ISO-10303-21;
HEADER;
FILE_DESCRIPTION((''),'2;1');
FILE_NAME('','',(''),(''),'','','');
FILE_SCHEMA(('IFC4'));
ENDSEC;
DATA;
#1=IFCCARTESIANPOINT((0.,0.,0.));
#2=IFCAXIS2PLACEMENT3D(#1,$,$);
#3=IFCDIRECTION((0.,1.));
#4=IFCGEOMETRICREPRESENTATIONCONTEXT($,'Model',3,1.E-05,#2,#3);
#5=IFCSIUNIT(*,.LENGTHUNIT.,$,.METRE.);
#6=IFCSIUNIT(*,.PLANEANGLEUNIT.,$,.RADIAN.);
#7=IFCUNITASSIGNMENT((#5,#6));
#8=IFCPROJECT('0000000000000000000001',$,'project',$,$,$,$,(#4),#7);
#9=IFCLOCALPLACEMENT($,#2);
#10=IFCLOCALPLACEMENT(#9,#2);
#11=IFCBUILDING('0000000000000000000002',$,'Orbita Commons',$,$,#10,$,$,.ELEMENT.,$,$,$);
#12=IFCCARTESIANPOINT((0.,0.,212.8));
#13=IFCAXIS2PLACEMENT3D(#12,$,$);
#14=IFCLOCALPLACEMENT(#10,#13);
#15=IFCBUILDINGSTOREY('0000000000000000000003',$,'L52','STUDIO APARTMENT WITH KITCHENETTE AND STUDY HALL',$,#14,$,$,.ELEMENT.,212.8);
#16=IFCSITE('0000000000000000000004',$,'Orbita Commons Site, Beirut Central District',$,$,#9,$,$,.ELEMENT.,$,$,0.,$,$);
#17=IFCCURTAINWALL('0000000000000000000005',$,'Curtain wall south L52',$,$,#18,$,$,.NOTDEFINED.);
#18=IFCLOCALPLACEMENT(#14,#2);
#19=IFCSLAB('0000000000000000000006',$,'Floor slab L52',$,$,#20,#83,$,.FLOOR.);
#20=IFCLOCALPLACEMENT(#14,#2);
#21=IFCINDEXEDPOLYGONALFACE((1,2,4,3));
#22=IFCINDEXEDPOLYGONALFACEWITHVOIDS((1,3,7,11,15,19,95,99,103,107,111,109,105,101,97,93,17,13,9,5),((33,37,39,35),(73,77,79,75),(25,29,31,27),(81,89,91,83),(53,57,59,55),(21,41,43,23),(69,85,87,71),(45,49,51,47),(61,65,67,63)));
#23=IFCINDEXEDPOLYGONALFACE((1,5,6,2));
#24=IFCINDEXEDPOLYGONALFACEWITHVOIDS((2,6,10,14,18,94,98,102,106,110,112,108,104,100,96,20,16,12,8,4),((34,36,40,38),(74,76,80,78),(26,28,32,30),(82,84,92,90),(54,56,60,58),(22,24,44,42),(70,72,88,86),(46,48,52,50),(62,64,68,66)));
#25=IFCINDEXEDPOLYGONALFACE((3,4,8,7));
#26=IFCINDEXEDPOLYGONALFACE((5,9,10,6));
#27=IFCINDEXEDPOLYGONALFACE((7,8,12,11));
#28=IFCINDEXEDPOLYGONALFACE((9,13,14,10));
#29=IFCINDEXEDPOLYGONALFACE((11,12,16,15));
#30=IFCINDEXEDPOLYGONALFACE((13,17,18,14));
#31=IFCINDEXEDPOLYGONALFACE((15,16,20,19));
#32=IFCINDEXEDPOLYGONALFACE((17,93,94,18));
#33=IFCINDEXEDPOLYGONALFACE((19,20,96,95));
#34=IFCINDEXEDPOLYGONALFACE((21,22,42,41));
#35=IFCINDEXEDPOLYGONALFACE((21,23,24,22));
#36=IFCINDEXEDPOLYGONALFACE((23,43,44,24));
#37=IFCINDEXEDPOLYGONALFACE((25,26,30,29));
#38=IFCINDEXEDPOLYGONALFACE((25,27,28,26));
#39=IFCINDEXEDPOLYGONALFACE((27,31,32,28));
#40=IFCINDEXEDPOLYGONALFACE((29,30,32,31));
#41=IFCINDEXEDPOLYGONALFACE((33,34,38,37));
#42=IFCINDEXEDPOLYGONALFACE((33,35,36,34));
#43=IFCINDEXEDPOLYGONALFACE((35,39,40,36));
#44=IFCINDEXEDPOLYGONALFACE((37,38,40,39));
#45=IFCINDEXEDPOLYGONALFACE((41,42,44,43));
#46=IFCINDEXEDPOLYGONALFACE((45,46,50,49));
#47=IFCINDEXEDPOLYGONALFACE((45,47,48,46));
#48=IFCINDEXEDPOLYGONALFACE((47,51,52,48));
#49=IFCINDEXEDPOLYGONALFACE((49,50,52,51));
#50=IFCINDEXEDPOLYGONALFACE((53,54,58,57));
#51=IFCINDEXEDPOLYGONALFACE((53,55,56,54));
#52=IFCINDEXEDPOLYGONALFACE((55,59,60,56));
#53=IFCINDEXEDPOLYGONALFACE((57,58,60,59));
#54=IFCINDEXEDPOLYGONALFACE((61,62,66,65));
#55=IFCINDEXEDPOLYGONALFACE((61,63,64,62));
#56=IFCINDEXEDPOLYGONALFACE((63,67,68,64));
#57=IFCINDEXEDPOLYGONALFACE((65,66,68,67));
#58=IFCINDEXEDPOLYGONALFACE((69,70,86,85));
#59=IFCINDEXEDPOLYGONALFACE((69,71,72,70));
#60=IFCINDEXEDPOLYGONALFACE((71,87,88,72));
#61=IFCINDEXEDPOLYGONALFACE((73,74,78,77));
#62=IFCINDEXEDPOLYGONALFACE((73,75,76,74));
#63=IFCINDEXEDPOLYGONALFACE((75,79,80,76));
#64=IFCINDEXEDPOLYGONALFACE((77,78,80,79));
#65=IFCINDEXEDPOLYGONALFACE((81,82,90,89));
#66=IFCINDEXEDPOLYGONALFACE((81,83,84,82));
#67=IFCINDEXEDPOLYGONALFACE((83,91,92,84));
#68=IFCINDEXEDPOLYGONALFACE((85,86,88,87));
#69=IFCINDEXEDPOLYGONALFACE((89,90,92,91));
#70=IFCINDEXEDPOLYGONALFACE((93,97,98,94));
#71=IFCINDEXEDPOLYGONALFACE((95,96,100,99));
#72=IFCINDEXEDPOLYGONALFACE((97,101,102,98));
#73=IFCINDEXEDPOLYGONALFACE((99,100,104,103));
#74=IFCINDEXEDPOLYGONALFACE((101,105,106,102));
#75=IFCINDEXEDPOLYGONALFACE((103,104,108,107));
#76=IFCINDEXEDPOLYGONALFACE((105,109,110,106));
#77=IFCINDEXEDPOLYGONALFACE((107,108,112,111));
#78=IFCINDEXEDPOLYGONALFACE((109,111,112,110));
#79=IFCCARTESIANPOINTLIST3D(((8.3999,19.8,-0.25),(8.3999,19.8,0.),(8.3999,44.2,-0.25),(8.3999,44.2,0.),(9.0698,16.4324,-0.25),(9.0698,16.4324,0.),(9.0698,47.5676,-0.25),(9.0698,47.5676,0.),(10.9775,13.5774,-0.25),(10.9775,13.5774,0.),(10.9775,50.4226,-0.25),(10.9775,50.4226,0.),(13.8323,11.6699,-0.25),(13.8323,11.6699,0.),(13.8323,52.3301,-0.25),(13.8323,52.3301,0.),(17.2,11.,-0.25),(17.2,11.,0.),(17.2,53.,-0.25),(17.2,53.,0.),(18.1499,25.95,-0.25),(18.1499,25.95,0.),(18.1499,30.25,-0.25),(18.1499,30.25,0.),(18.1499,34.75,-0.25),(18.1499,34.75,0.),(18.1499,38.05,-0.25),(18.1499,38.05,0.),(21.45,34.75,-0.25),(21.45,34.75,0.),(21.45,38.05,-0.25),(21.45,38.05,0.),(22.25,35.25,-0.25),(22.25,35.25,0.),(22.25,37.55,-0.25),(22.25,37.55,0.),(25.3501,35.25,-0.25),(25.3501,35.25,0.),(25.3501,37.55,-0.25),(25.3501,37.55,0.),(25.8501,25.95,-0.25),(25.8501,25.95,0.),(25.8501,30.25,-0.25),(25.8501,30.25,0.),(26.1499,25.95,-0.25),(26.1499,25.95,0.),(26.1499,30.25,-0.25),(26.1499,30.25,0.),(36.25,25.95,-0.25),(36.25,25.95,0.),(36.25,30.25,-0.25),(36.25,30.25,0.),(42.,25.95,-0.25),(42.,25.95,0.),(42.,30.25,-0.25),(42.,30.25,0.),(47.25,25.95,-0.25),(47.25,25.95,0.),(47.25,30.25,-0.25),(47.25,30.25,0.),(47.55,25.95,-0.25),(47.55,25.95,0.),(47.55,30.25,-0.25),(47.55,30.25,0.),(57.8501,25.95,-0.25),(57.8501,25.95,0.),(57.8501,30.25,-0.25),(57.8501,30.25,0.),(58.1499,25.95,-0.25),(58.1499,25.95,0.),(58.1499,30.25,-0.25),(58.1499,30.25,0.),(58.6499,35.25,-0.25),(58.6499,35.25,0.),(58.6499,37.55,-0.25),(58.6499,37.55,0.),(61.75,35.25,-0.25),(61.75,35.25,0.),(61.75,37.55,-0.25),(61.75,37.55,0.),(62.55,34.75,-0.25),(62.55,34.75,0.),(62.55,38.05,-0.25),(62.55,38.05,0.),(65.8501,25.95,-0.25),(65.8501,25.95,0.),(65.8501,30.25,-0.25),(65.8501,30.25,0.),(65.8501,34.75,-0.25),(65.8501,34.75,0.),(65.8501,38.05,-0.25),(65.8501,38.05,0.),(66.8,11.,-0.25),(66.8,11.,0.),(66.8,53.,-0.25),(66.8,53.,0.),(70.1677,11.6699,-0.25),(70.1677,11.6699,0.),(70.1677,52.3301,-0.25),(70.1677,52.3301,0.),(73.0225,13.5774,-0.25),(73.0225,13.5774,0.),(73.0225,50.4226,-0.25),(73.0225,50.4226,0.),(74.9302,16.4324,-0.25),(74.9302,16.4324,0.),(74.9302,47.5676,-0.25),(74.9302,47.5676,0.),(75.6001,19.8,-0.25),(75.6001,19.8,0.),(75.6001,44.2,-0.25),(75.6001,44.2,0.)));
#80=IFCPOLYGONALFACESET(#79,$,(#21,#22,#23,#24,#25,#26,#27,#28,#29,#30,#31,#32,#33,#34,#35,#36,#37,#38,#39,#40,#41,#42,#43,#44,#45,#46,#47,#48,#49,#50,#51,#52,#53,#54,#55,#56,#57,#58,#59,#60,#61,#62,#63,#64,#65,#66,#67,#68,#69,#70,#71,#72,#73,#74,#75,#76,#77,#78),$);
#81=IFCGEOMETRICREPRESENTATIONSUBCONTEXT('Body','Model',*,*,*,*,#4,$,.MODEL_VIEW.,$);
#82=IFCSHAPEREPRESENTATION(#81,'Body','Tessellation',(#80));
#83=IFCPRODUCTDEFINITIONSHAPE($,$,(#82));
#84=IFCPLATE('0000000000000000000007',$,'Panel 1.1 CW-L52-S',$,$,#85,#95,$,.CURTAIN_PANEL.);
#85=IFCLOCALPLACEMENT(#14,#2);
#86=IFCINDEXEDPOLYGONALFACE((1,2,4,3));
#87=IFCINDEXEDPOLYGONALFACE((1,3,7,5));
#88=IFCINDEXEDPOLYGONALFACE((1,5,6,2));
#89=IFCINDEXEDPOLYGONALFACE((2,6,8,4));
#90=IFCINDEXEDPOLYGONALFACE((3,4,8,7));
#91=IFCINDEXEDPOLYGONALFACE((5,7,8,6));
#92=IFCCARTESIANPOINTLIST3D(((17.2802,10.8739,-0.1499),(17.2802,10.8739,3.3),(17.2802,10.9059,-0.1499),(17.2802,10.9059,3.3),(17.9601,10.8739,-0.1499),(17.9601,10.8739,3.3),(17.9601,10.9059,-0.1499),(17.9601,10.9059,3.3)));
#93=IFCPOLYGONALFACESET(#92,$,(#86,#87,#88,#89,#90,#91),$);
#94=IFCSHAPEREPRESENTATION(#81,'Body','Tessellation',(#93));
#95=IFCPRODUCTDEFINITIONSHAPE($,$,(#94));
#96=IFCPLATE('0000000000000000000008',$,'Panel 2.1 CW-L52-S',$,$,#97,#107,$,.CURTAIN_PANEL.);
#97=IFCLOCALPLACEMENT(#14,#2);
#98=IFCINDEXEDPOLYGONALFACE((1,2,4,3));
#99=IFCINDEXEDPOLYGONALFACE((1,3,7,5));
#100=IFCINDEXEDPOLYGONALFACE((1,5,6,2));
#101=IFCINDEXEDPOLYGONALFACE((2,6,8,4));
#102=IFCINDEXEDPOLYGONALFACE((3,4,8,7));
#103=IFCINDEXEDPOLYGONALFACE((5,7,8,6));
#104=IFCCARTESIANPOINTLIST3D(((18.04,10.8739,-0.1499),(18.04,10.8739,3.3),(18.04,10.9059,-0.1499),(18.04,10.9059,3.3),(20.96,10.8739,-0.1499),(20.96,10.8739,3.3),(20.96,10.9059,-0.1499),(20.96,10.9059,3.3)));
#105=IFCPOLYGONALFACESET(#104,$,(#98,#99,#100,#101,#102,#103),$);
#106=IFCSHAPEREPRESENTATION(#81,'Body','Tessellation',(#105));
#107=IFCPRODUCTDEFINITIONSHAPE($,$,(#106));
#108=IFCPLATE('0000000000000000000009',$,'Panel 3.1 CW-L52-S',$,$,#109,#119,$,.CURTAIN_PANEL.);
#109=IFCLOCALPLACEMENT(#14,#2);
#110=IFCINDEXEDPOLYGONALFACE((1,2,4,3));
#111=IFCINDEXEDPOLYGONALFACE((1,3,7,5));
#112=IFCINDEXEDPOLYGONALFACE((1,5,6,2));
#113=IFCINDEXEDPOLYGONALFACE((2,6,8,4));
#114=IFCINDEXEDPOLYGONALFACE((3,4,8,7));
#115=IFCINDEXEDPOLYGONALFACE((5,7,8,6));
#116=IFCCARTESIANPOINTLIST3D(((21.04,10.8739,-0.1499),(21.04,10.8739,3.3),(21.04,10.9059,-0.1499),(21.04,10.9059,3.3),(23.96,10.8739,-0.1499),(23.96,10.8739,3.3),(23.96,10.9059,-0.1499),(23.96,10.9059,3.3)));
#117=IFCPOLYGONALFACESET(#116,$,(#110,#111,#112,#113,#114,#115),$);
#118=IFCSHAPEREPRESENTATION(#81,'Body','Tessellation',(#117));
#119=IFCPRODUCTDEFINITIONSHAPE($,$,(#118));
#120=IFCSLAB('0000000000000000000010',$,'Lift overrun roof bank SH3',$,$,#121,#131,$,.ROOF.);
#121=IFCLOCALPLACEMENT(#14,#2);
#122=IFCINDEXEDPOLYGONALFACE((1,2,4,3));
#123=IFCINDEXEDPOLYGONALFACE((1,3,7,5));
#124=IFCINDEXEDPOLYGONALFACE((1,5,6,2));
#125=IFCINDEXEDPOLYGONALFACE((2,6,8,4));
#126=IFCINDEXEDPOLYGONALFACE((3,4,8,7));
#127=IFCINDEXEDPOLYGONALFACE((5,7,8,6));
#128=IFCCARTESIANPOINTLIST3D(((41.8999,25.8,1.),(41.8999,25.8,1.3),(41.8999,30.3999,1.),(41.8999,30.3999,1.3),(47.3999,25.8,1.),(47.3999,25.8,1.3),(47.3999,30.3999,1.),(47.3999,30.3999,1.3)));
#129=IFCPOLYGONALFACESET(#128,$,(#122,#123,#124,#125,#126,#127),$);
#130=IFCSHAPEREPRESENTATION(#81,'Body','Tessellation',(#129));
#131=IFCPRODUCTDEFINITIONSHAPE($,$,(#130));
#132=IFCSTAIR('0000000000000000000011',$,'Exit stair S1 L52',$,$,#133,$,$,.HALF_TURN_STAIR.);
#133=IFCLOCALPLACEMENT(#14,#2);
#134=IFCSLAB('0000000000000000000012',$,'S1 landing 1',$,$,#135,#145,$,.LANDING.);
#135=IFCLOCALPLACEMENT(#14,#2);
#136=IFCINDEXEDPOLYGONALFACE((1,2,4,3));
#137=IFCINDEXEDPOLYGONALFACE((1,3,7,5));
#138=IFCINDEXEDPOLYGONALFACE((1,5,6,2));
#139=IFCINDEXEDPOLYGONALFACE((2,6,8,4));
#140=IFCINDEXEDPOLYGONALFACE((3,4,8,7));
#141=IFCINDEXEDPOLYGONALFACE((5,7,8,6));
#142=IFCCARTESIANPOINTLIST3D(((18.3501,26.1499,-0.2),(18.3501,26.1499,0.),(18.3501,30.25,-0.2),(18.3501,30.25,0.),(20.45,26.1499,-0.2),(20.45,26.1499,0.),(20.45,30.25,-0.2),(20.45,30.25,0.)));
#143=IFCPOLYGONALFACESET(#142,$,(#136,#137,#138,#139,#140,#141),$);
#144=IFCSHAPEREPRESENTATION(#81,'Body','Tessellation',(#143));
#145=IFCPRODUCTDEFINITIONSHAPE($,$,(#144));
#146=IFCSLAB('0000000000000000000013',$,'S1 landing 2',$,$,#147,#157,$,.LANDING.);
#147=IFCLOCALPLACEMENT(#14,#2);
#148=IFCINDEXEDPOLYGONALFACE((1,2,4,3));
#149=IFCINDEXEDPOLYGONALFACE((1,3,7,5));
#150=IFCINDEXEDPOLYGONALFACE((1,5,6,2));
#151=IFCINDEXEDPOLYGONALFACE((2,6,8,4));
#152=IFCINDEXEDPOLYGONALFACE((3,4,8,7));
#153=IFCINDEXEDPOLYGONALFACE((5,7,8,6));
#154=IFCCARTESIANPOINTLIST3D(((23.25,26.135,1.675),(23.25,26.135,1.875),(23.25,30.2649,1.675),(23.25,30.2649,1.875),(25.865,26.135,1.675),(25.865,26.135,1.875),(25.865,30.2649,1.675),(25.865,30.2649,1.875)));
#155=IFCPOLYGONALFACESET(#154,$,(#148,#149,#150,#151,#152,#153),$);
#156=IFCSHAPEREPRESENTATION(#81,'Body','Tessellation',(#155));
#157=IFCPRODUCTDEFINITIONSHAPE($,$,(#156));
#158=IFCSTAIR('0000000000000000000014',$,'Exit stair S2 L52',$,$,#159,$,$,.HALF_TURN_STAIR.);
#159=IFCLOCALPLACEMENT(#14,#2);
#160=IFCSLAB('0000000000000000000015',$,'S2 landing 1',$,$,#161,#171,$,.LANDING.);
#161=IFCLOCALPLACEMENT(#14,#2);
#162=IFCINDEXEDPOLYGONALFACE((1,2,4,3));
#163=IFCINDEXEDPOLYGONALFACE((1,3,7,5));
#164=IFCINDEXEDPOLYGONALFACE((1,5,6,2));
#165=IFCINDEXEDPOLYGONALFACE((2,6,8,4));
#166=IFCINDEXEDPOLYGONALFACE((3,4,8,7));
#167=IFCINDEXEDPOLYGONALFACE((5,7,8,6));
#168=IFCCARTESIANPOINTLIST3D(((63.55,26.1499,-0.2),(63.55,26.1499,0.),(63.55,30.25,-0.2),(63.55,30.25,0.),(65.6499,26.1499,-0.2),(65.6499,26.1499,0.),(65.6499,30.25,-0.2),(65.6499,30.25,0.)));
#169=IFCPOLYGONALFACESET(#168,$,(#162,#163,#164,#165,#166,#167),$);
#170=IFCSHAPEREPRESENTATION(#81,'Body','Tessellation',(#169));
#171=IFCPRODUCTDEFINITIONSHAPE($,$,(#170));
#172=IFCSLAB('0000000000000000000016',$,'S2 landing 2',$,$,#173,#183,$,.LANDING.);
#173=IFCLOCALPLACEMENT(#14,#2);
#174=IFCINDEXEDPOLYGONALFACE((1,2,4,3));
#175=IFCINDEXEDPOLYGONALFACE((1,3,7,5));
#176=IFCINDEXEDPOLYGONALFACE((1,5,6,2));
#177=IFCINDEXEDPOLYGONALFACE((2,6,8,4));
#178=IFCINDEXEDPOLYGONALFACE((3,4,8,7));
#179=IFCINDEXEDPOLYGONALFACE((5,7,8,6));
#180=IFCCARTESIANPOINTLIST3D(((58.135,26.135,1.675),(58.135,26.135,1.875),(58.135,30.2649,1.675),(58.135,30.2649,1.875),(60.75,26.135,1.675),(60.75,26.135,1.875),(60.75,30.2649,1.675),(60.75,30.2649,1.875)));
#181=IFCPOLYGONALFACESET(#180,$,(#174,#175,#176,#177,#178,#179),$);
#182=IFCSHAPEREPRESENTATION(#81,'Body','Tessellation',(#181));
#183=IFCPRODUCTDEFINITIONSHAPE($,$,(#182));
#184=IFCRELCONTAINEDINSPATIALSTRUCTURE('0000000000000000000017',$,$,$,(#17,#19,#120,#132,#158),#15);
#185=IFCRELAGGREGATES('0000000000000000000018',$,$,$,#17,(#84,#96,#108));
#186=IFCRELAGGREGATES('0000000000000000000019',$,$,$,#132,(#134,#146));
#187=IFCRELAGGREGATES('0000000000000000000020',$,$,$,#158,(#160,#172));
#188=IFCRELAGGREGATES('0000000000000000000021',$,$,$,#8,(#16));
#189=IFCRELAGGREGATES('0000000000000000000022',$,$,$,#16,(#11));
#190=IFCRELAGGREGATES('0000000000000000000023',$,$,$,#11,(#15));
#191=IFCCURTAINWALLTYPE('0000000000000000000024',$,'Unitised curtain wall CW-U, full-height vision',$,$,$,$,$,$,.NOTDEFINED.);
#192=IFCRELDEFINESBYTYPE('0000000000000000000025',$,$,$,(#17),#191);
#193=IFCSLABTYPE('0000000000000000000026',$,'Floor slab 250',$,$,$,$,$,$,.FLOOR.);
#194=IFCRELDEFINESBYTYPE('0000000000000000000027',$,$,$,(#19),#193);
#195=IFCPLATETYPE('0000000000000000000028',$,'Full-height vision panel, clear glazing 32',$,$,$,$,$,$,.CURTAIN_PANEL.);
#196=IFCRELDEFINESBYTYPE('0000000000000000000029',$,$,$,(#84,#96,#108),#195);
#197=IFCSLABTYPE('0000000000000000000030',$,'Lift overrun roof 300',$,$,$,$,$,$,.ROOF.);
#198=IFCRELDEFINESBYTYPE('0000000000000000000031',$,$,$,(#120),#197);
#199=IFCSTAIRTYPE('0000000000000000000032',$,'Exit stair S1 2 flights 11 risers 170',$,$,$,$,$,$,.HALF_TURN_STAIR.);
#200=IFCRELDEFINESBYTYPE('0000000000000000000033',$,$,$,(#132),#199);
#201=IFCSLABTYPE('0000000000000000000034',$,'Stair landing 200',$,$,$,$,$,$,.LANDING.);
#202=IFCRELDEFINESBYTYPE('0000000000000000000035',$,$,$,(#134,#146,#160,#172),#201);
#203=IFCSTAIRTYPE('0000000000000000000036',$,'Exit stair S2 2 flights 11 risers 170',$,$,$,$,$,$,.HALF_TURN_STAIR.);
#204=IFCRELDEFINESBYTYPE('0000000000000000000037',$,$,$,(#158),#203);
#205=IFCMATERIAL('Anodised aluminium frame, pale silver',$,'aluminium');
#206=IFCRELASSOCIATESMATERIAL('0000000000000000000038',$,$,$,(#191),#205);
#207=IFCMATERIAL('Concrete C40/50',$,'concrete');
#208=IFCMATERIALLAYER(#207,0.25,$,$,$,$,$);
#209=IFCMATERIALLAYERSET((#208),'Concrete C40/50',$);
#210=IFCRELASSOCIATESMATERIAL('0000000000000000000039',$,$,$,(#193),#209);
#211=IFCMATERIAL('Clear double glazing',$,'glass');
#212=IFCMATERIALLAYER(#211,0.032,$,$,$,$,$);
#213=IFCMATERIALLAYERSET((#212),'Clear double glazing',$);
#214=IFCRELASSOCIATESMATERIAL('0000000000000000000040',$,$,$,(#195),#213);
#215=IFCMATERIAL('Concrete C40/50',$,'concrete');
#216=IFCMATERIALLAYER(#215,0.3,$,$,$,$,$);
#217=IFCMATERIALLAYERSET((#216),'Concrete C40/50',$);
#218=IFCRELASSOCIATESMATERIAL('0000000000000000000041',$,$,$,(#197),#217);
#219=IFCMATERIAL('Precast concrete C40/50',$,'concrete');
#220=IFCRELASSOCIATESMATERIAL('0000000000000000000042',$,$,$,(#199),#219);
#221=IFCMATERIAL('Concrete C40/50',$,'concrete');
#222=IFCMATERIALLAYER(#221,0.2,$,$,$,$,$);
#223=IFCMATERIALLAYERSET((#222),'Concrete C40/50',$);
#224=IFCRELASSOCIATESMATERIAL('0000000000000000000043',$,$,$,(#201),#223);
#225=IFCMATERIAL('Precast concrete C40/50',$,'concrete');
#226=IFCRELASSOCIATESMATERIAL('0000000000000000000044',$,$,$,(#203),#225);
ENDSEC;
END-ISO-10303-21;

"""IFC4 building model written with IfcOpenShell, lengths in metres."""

from ifc_helpers import new_model, si_unit, direction, frame, origin, origin_2d, place, context, subcontext, project, spatial, polyline, rectangle, outline, extrude, material, layer, layer_set, type_object, element, aggregate, save


model = new_model("IFC4")

# Units and contexts
model_context = context("Model", 3, precision=1e-05, world=origin(), true_north=direction((0.0, 1.0)))
body_context = subcontext(model_context, "Body", "Model", "MODEL_VIEW")
ifc_project = project(units=[si_unit("LENGTHUNIT", "METRE"), si_unit("PLANEANGLEUNIT", "RADIAN")], contexts=[model_context])

# Site, building, storey
site_placement = place(None, origin())
site = spatial("IfcSite", under=ifc_project, at=site_placement, Name="Orbita Commons Site, Beirut Central District", CompositionType="ELEMENT", RefElevation=0.0)
building_placement = place(site_placement, origin())
building = spatial("IfcBuilding", under=site, at=building_placement, Name="Orbita Commons", CompositionType="ELEMENT")
storey_placement = place(building_placement, frame((0.0, 0.0, 212.8)))
storey = spatial("IfcBuildingStorey", under=building, at=storey_placement, Name="L52", Description="STUDIO APARTMENT WITH KITCHENETTE AND STUDY HALL", CompositionType="ELEMENT", Elevation=212.8)

# Curtain wall
ifc_material_1 = material(Name="Anodised aluminium frame, pale silver", Category="aluminium")
curtain_wall_type = type_object("IfcCurtainWallType", Name="Unitised curtain wall CW-U, full-height vision", PredefinedType="NOTDEFINED", material=ifc_material_1)
curtain_wall_placement = place(storey_placement, origin())
curtain_wall = element("IfcCurtainWall", 1, at=curtain_wall_placement, inside=storey, type_object=curtain_wall_type, Name="Curtain wall south L52", PredefinedType="NOTDEFINED")

# Slab
ifc_material_2 = material(Name="Concrete C40/50", Category="concrete")
ifc_layer_1 = layer(ifc_material_2, 0.25)
ifc_layer_set_1 = layer_set([ifc_layer_1], Name="Concrete C40/50")
slab_type_1 = type_object("IfcSlabType", Name="Floor slab 250", PredefinedType="FLOOR", material=ifc_layer_set_1)
slab_1_placement = place(storey_placement, frame((0.0, 0.0, -0.25)))
element("IfcSlab", 2, at=slab_1_placement, inside=storey, type_object=slab_type_1, Name="Floor slab L52", PredefinedType="FLOOR", context=body_context, shape_type="SweptSolid", body=[
    extrude(outline(polyline([(66.8, 11.0), (70.1677, 11.6699), (73.0225, 13.5774), (74.9302, 16.4324), (75.6001, 19.8), (75.6001, 44.2), (74.9302, 47.5676), (73.0225, 50.4226), (70.1677, 52.3301), (66.8, 53.0), (17.2, 53.0), (13.8323, 52.3301), (10.9775, 50.4226), (9.0698, 47.5676), (8.3999, 44.2), (8.3999, 19.8), (9.0698, 16.4324), (10.9775, 13.5774), (13.8323, 11.6699), (17.2, 11.0), (66.8, 11.0)]), holes=[polyline([(18.1499, 25.95), (25.8501, 25.95), (25.8501, 30.25), (18.1499, 30.25), (18.1499, 25.95)]), polyline([(58.1499, 25.95), (65.8501, 25.95), (65.8501, 30.25), (58.1499, 30.25), (58.1499, 25.95)]), polyline([(18.1499, 34.75), (21.45, 34.75), (21.45, 38.05), (18.1499, 38.05), (18.1499, 34.75)]), polyline([(62.55, 34.75), (65.8501, 34.75), (65.8501, 38.05), (62.55, 38.05), (62.55, 34.75)]), polyline([(22.25, 35.25), (25.3501, 35.25), (25.3501, 37.55), (22.25, 37.55), (22.25, 35.25)]), polyline([(58.6499, 35.25), (61.75, 35.25), (61.75, 37.55), (58.6499, 37.55), (58.6499, 35.25)]), polyline([(26.1499, 25.95), (36.25, 25.95), (36.25, 30.25), (26.1499, 30.25), (26.1499, 25.95)]), polyline([(42.0, 25.95), (47.25, 25.95), (47.25, 30.25), (42.0, 30.25), (42.0, 25.95)]), polyline([(47.55, 25.95), (57.8501, 25.95), (57.8501, 30.25), (47.55, 30.25), (47.55, 25.95)])]), origin(), (0.0, 0.0, 1.0), 0.25),
])

# Plates
ifc_material_3 = material(Name="Clear double glazing", Category="glass")
ifc_layer_2 = layer(ifc_material_3, 0.032)
ifc_layer_set_2 = layer_set([ifc_layer_2], Name="Clear double glazing")
plate_type = type_object("IfcPlateType", Name="Full-height vision panel, clear glazing 32", PredefinedType="CURTAIN_PANEL", material=ifc_layer_set_2)
plate_1_placement = place(storey_placement, frame((17.6201, 10.8899, -0.1499), z_axis=(0.0, 0.0, 1.0), x_axis=(1.0, 0.0, 0.0)))
plate_1 = element("IfcPlate", 3, at=plate_1_placement, type_object=plate_type, Name="Panel 1.1 CW-L52-S", PredefinedType="CURTAIN_PANEL", context=body_context, shape_type="SweptSolid", body=[
    extrude(rectangle(XDim=0.6799, YDim=0.032, at=origin_2d()), origin(), (0.0, 0.0, 1.0), 3.45),
])
plate_2_placement = place(storey_placement, frame((19.5, 10.8899, -0.1499), z_axis=(0.0, 0.0, 1.0), x_axis=(1.0, 0.0, 0.0)))
plate_2 = element("IfcPlate", 4, at=plate_2_placement, type_object=plate_type, Name="Panel 2.1 CW-L52-S", PredefinedType="CURTAIN_PANEL", context=body_context, shape_type="SweptSolid", body=[
    extrude(rectangle(XDim=2.9199, YDim=0.032, at=origin_2d()), origin(), (0.0, 0.0, 1.0), 3.45),
])
plate_3_placement = place(storey_placement, frame((22.5, 10.8899, -0.1499), z_axis=(0.0, 0.0, 1.0), x_axis=(1.0, 0.0, 0.0)))
plate_3 = element("IfcPlate", 5, at=plate_3_placement, type_object=plate_type, Name="Panel 3.1 CW-L52-S", PredefinedType="CURTAIN_PANEL", context=body_context, shape_type="SweptSolid", body=[
    extrude(rectangle(XDim=2.9199, YDim=0.032, at=origin_2d()), origin(), (0.0, 0.0, 1.0), 3.45),
])
aggregate(curtain_wall, [plate_1, plate_2, plate_3])

# Slab
ifc_material_4 = material(Name="Concrete C40/50", Category="concrete")
ifc_layer_3 = layer(ifc_material_4, 0.3)
ifc_layer_set_3 = layer_set([ifc_layer_3], Name="Concrete C40/50")
slab_type_2 = type_object("IfcSlabType", Name="Lift overrun roof 300", PredefinedType="ROOF", material=ifc_layer_set_3)
slab_2_placement = place(storey_placement, frame((0.0, 0.0, 1.0)))
element("IfcSlab", 6, at=slab_2_placement, inside=storey, type_object=slab_type_2, Name="Lift overrun roof bank SH3", PredefinedType="ROOF", context=body_context, shape_type="SweptSolid", body=[
    extrude(outline(polyline([(41.8999, 25.8), (47.3999, 25.8), (47.3999, 30.3999), (41.8999, 30.3999), (41.8999, 25.8)])), origin(), (0.0, 0.0, 1.0), 0.3),
])

# Stairs, slabs
ifc_material_5 = material(Name="Precast concrete C40/50", Category="concrete")
stair_type_1 = type_object("IfcStairType", Name="Exit stair S1 2 flights 11 risers 170", PredefinedType="HALF_TURN_STAIR", material=ifc_material_5)
stair_1_placement = place(storey_placement, origin())
stair_1 = element("IfcStair", 7, at=stair_1_placement, inside=storey, type_object=stair_type_1, Name="Exit stair S1 L52", PredefinedType="HALF_TURN_STAIR")
ifc_material_6 = material(Name="Concrete C40/50", Category="concrete")
ifc_layer_4 = layer(ifc_material_6, 0.2)
ifc_layer_set_4 = layer_set([ifc_layer_4], Name="Concrete C40/50")
slab_type_3 = type_object("IfcSlabType", Name="Stair landing 200", PredefinedType="LANDING", material=ifc_layer_set_4)
slab_3_placement = place(storey_placement, frame((0.0, 0.0, -0.2)))
slab_3 = element("IfcSlab", 8, at=slab_3_placement, type_object=slab_type_3, Name="S1 landing 1", PredefinedType="LANDING", context=body_context, shape_type="SweptSolid", body=[
    extrude(outline(polyline([(18.3501, 26.1499), (20.45, 26.1499), (20.45, 30.25), (18.3501, 30.25), (18.3501, 26.1499)])), origin(), (0.0, 0.0, 1.0), 0.2),
])
slab_4_placement = place(storey_placement, frame((0.0, 0.0, 1.675)))
slab_4 = element("IfcSlab", 9, at=slab_4_placement, type_object=slab_type_3, Name="S1 landing 2", PredefinedType="LANDING", context=body_context, shape_type="SweptSolid", body=[
    extrude(outline(polyline([(23.25, 26.135), (25.865, 26.135), (25.865, 30.2649), (23.25, 30.2649), (23.25, 26.135)])), origin(), (0.0, 0.0, 1.0), 0.2),
])
aggregate(stair_1, [slab_3, slab_4])
ifc_material_7 = material(Name="Precast concrete C40/50", Category="concrete")
stair_type_2 = type_object("IfcStairType", Name="Exit stair S2 2 flights 11 risers 170", PredefinedType="HALF_TURN_STAIR", material=ifc_material_7)
stair_2_placement = place(storey_placement, origin())
stair_2 = element("IfcStair", 10, at=stair_2_placement, inside=storey, type_object=stair_type_2, Name="Exit stair S2 L52", PredefinedType="HALF_TURN_STAIR")
slab_5_placement = place(storey_placement, frame((0.0, 0.0, -0.2)))
slab_5 = element("IfcSlab", 11, at=slab_5_placement, type_object=slab_type_3, Name="S2 landing 1", PredefinedType="LANDING", context=body_context, shape_type="SweptSolid", body=[
    extrude(outline(polyline([(63.55, 26.1499), (65.6499, 26.1499), (65.6499, 30.25), (63.55, 30.25), (63.55, 26.1499)])), origin(), (0.0, 0.0, 1.0), 0.2),
])
slab_6_placement = place(storey_placement, frame((0.0, 0.0, 1.675)))
slab_6 = element("IfcSlab", 12, at=slab_6_placement, type_object=slab_type_3, Name="S2 landing 2", PredefinedType="LANDING", context=body_context, shape_type="SweptSolid", body=[
    extrude(outline(polyline([(58.135, 26.135), (60.75, 26.135), (60.75, 30.2649), (58.135, 30.2649), (58.135, 26.135)])), origin(), (0.0, 0.0, 1.0), 0.2),
])
aggregate(stair_2, [slab_5, slab_6])

save(model, "model.ifc")
